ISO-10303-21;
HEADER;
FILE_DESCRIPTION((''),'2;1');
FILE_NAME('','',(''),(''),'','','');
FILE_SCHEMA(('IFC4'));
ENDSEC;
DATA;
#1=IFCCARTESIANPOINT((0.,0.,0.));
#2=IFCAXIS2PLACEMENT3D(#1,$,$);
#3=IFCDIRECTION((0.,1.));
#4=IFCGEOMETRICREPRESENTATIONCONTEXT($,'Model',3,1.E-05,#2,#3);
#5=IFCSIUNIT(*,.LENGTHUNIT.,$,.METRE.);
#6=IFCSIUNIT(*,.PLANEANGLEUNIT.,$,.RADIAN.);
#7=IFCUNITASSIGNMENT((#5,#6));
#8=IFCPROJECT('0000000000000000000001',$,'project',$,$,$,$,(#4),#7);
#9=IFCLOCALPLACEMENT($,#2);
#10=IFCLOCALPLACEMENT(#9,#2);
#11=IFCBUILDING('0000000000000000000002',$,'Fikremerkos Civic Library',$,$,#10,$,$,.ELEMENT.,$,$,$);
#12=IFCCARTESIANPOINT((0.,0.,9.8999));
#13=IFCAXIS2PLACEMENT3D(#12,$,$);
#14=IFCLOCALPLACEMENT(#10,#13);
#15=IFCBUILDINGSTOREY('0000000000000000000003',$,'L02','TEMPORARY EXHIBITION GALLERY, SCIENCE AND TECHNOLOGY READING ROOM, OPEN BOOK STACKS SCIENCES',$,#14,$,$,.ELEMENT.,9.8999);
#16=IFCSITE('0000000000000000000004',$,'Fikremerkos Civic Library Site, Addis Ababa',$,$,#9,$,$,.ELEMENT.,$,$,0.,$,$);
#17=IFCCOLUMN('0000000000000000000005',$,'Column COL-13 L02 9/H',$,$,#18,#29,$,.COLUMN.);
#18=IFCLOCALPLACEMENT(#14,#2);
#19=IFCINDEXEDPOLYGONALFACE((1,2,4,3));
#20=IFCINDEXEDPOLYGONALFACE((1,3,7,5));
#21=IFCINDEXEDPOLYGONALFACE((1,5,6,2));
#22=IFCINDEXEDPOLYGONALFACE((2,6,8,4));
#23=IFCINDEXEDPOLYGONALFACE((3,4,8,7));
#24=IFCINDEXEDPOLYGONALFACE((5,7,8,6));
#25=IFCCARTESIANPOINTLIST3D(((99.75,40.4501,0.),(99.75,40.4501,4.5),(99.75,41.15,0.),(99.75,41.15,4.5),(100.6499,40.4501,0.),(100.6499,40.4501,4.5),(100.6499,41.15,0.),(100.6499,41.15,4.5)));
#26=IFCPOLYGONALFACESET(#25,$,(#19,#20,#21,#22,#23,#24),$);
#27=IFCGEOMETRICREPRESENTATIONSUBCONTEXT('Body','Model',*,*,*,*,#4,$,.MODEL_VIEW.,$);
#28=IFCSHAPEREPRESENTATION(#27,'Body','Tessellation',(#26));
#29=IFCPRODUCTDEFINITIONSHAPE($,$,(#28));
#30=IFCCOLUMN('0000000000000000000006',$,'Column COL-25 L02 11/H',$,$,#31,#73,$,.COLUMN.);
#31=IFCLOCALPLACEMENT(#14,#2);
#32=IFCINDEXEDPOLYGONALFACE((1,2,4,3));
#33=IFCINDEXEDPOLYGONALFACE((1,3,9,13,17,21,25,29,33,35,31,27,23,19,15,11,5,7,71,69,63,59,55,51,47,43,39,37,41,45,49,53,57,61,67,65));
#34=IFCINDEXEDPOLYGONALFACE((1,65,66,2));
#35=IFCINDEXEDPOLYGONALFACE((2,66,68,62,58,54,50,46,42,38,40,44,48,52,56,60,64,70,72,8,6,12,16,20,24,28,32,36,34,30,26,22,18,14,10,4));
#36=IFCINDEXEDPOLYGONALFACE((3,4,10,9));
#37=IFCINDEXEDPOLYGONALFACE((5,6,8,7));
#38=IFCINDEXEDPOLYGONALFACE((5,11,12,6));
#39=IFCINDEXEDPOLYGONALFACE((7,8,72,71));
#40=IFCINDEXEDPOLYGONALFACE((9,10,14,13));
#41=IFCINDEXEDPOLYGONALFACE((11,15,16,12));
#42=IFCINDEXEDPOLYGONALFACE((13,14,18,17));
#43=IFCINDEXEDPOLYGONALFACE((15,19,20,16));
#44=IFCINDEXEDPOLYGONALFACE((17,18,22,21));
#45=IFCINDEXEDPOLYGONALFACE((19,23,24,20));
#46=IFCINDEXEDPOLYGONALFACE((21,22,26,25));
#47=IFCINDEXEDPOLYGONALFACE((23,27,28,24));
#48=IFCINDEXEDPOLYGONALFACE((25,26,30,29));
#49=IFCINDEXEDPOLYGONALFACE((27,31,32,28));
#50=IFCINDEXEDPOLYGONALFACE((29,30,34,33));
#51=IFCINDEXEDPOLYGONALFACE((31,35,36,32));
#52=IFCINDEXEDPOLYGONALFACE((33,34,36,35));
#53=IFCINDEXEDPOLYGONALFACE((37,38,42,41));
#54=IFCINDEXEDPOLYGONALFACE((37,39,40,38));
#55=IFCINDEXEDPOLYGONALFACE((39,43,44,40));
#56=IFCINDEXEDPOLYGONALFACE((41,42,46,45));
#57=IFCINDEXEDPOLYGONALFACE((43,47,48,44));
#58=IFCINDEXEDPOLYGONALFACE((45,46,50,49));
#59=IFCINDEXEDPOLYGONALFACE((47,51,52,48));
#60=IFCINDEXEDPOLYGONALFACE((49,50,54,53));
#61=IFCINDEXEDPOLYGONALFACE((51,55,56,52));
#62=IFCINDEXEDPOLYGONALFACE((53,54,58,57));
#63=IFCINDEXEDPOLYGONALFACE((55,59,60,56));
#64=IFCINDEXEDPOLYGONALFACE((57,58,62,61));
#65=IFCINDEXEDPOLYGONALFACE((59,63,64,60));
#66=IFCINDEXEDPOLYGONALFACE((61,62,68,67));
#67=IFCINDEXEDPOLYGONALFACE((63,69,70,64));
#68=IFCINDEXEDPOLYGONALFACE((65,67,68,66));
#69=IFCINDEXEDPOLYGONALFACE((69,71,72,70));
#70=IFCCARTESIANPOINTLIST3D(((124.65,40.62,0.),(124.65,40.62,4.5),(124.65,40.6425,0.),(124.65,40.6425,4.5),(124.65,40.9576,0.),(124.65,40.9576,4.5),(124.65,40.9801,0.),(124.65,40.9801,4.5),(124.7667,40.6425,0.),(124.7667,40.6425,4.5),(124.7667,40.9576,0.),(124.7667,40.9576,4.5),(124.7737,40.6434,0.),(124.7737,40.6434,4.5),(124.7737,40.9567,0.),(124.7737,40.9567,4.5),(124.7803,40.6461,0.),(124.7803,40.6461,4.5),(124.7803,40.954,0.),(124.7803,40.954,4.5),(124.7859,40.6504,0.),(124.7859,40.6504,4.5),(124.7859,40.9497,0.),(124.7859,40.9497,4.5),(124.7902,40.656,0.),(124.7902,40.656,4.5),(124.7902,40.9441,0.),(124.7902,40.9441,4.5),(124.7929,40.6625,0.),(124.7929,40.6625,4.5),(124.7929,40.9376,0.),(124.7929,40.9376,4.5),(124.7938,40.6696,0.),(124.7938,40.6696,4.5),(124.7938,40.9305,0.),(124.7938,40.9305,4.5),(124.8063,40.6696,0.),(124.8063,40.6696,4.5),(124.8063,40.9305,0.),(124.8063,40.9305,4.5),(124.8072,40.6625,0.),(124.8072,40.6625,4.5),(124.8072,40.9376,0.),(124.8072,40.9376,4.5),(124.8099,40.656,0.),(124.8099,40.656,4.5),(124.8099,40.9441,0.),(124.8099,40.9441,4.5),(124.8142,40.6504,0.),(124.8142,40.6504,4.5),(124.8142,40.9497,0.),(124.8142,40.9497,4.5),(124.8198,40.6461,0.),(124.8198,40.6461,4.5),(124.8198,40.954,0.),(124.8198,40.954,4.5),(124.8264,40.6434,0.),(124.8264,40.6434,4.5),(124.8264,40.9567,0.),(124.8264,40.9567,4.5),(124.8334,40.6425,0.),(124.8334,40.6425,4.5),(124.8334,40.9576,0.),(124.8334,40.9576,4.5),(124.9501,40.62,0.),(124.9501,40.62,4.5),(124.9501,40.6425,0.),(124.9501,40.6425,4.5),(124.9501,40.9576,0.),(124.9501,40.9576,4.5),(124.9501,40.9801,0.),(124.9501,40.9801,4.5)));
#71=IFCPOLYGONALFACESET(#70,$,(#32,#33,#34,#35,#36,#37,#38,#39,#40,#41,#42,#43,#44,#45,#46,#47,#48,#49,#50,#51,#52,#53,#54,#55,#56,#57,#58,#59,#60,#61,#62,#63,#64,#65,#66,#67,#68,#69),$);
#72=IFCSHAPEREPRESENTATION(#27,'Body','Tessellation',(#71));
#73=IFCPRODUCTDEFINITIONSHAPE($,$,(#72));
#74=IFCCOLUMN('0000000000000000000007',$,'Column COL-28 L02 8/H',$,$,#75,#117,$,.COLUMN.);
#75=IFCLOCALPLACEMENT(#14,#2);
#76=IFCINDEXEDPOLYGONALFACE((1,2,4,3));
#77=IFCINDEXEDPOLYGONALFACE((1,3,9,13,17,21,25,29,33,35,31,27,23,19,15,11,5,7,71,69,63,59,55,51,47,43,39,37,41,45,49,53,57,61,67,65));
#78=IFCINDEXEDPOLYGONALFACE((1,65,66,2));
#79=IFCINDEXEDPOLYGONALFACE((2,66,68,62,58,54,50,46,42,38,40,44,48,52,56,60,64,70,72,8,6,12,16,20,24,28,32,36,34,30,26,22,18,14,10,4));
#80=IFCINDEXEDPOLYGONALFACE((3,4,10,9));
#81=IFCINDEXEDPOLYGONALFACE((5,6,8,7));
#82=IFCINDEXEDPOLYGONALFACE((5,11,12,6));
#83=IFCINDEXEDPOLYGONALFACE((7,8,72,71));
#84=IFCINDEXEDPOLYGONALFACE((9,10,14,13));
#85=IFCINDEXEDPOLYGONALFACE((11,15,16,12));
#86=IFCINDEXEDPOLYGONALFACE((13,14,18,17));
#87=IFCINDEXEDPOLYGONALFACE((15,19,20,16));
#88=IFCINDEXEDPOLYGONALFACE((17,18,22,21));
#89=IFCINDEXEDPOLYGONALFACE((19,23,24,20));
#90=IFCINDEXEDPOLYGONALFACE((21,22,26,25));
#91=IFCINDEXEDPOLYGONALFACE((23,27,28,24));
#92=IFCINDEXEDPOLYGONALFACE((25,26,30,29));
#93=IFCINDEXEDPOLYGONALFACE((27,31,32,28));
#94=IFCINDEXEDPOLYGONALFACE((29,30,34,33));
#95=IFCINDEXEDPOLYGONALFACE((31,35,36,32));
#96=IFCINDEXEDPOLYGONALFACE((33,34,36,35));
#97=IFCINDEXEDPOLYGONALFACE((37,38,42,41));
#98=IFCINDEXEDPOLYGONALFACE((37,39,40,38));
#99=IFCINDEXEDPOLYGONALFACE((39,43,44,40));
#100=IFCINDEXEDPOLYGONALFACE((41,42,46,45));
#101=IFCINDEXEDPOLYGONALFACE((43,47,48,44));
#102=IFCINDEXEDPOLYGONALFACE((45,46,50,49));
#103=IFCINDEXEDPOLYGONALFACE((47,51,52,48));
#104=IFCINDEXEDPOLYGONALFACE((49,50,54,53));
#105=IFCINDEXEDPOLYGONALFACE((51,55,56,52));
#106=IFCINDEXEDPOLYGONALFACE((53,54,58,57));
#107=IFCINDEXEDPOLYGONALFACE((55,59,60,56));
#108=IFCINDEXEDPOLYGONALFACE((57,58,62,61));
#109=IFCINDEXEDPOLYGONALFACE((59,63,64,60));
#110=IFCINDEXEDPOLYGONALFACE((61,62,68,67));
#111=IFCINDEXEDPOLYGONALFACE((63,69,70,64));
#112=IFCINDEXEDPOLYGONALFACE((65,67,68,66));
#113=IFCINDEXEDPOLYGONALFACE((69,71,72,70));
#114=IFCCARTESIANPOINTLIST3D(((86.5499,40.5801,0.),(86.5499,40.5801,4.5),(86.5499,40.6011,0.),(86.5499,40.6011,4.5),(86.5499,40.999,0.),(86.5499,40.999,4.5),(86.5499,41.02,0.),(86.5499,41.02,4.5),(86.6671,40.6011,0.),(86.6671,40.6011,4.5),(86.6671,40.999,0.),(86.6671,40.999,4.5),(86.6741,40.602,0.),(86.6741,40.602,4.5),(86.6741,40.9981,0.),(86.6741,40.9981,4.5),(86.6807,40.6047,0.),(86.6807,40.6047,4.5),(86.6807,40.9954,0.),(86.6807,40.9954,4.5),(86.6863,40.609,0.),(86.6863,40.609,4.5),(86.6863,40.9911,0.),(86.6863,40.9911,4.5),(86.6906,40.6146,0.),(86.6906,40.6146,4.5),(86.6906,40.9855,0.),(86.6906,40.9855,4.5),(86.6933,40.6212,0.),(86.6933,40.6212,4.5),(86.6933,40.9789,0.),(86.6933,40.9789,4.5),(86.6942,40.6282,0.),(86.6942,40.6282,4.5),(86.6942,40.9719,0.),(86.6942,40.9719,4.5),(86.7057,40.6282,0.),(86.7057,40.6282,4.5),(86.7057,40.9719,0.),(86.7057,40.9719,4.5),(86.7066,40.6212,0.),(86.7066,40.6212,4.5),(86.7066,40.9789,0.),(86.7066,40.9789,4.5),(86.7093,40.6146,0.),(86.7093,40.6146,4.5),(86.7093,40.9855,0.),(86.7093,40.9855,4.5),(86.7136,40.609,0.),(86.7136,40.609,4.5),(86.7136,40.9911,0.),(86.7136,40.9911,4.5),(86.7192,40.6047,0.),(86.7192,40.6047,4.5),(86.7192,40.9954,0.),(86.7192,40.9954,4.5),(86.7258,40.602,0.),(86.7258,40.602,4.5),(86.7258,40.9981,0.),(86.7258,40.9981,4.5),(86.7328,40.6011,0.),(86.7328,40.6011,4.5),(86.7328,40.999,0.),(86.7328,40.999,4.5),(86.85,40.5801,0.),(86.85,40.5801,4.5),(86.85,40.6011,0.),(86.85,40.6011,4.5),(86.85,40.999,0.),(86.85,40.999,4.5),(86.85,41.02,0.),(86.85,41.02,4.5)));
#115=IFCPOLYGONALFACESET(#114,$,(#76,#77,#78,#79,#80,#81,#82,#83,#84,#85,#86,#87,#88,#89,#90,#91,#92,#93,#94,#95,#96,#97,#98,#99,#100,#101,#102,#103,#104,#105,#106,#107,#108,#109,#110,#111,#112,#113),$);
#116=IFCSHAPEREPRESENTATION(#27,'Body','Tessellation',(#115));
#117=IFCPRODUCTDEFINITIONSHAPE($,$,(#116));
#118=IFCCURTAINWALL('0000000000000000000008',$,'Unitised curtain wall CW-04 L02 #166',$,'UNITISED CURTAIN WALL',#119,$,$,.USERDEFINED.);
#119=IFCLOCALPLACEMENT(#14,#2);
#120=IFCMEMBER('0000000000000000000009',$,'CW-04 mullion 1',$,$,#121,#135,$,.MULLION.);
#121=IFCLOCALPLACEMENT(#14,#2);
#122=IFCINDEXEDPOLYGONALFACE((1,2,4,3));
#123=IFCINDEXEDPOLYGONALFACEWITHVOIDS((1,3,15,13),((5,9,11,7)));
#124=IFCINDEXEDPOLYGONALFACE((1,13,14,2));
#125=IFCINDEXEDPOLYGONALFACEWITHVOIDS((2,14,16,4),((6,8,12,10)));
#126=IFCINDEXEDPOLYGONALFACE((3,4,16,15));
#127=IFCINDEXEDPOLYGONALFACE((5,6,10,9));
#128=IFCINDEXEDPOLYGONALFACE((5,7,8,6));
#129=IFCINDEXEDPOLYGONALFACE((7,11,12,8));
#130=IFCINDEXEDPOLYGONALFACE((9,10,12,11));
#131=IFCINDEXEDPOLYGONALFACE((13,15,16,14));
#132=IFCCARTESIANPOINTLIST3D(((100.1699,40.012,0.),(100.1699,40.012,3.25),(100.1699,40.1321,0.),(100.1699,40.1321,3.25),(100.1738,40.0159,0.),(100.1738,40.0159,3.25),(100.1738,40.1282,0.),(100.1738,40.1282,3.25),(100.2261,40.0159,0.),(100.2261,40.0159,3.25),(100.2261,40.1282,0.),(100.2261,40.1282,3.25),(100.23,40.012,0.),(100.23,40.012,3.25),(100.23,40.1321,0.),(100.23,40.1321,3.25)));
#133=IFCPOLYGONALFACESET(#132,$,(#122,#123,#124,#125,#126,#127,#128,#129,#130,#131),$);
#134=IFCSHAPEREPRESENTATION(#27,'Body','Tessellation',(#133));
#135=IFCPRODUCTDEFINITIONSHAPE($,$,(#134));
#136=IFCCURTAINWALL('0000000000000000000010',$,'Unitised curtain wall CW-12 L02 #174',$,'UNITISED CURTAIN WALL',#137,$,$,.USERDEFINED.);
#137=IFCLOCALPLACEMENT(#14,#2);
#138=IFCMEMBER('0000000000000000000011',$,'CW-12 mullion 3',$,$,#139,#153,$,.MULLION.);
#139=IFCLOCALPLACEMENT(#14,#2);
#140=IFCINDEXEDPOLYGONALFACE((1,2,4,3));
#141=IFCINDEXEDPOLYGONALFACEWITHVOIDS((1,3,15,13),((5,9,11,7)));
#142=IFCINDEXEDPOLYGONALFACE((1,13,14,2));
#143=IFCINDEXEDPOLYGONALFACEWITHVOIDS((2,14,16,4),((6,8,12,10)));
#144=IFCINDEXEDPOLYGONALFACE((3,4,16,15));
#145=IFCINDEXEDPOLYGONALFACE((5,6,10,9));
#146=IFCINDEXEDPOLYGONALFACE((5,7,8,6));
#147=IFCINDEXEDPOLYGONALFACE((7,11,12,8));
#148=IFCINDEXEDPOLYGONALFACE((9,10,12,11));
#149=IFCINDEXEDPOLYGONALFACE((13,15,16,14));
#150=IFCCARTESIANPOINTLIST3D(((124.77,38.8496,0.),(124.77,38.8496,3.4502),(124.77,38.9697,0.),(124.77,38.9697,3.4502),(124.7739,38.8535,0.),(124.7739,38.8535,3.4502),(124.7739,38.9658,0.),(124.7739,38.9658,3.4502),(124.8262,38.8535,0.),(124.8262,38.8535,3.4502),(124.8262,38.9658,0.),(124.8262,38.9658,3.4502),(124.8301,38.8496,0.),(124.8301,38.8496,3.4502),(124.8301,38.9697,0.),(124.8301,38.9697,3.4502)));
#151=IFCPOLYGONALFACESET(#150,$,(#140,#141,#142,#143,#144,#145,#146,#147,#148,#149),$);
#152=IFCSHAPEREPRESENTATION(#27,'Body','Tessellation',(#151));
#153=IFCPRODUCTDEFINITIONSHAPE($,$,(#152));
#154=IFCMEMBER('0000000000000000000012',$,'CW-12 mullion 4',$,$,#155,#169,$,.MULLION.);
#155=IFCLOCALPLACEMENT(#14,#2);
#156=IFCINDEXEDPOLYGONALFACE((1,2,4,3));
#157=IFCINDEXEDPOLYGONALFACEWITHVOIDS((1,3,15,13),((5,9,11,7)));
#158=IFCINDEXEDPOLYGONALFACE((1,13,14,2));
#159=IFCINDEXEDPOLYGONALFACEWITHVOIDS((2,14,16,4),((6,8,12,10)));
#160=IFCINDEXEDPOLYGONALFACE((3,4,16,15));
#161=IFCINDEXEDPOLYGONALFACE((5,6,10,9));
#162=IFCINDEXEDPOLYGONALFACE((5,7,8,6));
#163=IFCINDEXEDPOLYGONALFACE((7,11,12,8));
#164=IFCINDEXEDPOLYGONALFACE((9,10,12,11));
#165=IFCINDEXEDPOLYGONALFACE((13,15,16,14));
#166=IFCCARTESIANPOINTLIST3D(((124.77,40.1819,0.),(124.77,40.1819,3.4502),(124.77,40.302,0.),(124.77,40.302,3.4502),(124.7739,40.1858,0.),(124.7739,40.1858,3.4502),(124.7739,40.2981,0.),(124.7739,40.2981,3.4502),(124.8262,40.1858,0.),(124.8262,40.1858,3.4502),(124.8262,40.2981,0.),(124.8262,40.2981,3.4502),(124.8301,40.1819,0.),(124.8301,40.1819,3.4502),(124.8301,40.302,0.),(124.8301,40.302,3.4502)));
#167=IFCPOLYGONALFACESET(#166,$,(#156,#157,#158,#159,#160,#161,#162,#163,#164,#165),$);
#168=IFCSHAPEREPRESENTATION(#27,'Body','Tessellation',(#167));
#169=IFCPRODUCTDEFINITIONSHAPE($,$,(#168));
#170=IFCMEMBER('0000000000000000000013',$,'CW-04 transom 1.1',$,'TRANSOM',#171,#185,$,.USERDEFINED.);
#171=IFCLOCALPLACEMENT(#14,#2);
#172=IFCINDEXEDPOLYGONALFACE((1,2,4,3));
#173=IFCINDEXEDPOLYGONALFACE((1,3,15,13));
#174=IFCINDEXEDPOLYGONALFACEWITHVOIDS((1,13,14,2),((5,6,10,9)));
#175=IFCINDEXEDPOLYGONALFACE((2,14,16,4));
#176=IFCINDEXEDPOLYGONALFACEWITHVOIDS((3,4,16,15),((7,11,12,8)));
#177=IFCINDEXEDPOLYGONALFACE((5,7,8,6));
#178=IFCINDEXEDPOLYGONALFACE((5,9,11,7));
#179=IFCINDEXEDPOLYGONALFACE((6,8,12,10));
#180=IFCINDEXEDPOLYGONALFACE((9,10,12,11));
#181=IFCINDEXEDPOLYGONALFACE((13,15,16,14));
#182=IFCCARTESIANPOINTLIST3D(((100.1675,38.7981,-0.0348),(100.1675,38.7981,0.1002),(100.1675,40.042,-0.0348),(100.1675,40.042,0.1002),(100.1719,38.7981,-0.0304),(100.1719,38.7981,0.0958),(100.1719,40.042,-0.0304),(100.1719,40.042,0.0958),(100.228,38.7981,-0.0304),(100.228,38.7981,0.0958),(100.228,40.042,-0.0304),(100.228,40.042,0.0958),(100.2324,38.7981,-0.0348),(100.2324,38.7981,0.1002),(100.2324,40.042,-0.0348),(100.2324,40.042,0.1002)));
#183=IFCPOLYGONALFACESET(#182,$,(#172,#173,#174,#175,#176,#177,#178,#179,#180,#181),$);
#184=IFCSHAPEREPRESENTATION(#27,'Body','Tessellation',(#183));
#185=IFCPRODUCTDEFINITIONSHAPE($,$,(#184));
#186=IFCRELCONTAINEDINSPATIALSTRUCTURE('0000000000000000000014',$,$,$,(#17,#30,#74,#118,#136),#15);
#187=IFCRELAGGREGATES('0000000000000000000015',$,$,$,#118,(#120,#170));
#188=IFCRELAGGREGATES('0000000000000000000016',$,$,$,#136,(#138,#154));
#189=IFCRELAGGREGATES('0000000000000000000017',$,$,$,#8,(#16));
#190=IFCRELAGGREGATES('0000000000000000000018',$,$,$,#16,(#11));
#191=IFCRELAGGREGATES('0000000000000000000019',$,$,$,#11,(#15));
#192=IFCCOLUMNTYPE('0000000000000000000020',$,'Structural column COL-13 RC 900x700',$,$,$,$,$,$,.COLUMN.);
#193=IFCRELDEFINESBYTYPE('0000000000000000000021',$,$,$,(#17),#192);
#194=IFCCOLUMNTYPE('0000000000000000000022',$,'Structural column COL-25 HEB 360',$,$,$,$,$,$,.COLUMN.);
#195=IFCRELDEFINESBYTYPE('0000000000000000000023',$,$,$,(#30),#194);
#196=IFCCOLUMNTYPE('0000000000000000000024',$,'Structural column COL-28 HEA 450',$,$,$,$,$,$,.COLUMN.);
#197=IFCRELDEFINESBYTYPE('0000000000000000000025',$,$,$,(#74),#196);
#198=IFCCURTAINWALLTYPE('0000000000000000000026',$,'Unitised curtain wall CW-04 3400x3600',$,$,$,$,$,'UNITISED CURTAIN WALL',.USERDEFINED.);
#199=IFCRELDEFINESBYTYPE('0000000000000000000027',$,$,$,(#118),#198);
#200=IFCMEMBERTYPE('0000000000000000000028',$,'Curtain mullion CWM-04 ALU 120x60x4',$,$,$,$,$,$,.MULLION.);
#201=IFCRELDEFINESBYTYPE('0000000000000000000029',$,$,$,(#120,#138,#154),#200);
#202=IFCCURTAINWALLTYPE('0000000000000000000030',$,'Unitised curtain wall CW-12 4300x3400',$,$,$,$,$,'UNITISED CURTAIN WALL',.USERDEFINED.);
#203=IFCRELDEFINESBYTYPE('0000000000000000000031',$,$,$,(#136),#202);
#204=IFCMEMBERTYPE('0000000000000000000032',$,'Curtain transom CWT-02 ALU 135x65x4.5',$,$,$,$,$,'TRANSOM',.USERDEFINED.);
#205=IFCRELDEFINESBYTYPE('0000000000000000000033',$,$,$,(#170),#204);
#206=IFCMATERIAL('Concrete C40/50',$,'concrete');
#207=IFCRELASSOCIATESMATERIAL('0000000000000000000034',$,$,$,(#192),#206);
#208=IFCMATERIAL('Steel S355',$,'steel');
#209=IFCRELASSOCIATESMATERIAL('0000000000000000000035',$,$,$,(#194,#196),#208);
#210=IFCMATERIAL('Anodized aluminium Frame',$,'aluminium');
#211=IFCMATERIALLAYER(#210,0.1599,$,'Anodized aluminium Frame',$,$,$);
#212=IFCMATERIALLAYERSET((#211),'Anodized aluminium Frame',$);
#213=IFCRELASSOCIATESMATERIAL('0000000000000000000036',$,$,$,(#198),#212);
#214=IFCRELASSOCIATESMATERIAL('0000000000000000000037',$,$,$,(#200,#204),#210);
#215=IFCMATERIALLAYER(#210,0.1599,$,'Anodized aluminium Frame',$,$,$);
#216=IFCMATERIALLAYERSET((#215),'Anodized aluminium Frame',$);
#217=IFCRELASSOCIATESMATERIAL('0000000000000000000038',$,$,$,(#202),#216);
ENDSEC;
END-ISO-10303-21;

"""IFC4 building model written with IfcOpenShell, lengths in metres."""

from ifc_helpers import new_model, si_unit, direction, frame, origin, origin_2d, place, context, subcontext, project, spatial, rectangle, hollow_rectangle, i_section, extrude, material, layer, layer_set, material_profile, profile_set, type_object, element, aggregate, save


model = new_model("IFC4")

# Units and contexts
model_context = context("Model", 3, precision=1e-05, world=origin(), true_north=direction((0.0, 1.0)))
body_context = subcontext(model_context, "Body", "Model", "MODEL_VIEW")
ifc_project = project(units=[si_unit("LENGTHUNIT", "METRE"), si_unit("PLANEANGLEUNIT", "RADIAN")], contexts=[model_context])

# Site, building, storey
site_placement = place(None, origin())
site = spatial("IfcSite", under=ifc_project, at=site_placement, Name="Fikremerkos Civic Library Site, Addis Ababa", CompositionType="ELEMENT", RefElevation=0.0)
building_placement = place(site_placement, origin())
building = spatial("IfcBuilding", under=site, at=building_placement, Name="Fikremerkos Civic Library", CompositionType="ELEMENT")
storey_placement = place(building_placement, frame((0.0, 0.0, 9.8999)))
storey = spatial("IfcBuildingStorey", under=building, at=storey_placement, Name="L02", Description="TEMPORARY EXHIBITION GALLERY, SCIENCE AND TECHNOLOGY READING ROOM, OPEN BOOK STACKS SCIENCES", CompositionType="ELEMENT", Elevation=9.8999)

# Columns
ifc_material_1 = material(Name="Concrete C40/50", Category="concrete")
ifc_material_profile_1 = material_profile(ifc_material_1, rectangle(XDim=0.8999, YDim=0.7, at=origin_2d()), Name="RC 900x700")
ifc_profile_set_1 = profile_set([ifc_material_profile_1], Name="Concrete C40/50")
column_type_1 = type_object("IfcColumnType", Name="Structural column COL-13 RC 900x700", PredefinedType="COLUMN", material=ifc_profile_set_1)
column_1_placement = place(storey_placement, frame((100.2, 40.8, 0.0), z_axis=(0.0, 0.0, 1.0), x_axis=(1.0, 0.0, 0.0)))
element("IfcColumn", 1, at=column_1_placement, inside=storey, type_object=column_type_1, Name="Column COL-13 L02 9/H", PredefinedType="COLUMN", context=body_context, shape_type="SweptSolid", body=[
    extrude(rectangle(XDim=0.8999, YDim=0.7, at=origin_2d()), origin(), (0.0, 0.0, 1.0), 4.5),
])
ifc_material_2 = material(Name="Steel S355", Category="steel")
ifc_material_profile_2 = material_profile(ifc_material_2, i_section(OverallWidth=0.3, OverallDepth=0.3601, WebThickness=0.0125, FlangeThickness=0.0225, FilletRadius=0.0271, at=origin_2d()), Name="HEB 360")
ifc_profile_set_2 = profile_set([ifc_material_profile_2], Name="Steel S355")
column_type_2 = type_object("IfcColumnType", Name="Structural column COL-25 HEB 360", PredefinedType="COLUMN", material=ifc_profile_set_2)
column_2_placement = place(storey_placement, frame((124.8, 40.8, 0.0), z_axis=(0.0, 0.0, 1.0), x_axis=(1.0, 0.0, 0.0)))
element("IfcColumn", 2, at=column_2_placement, inside=storey, type_object=column_type_2, Name="Column COL-25 L02 11/H", PredefinedType="COLUMN", context=body_context, shape_type="SweptSolid", body=[
    extrude(i_section(OverallWidth=0.3, OverallDepth=0.3601, WebThickness=0.0125, FlangeThickness=0.0225, FilletRadius=0.0271, at=origin_2d()), origin(), (0.0, 0.0, 1.0), 4.5),
])
ifc_material_profile_3 = material_profile(ifc_material_2, i_section(OverallWidth=0.3, OverallDepth=0.4399, WebThickness=0.0115, FlangeThickness=0.021, FilletRadius=0.0271, at=origin_2d()), Name="HEA 450")
ifc_profile_set_3 = profile_set([ifc_material_profile_3], Name="Steel S355")
column_type_3 = type_object("IfcColumnType", Name="Structural column COL-28 HEA 450", PredefinedType="COLUMN", material=ifc_profile_set_3)
column_3_placement = place(storey_placement, frame((86.7, 40.8, 0.0), z_axis=(0.0, 0.0, 1.0), x_axis=(1.0, 0.0, 0.0)))
element("IfcColumn", 3, at=column_3_placement, inside=storey, type_object=column_type_3, Name="Column COL-28 L02 8/H", PredefinedType="COLUMN", context=body_context, shape_type="SweptSolid", body=[
    extrude(i_section(OverallWidth=0.3, OverallDepth=0.4399, WebThickness=0.0115, FlangeThickness=0.021, FilletRadius=0.0271, at=origin_2d()), origin(), (0.0, 0.0, 1.0), 4.5),
])

# Curtain wall, member
ifc_material_3 = material(Name="Anodized aluminium Frame", Category="aluminium")
ifc_layer_1 = layer(ifc_material_3, 0.1599, Name="Anodized aluminium Frame")
ifc_layer_set_1 = layer_set([ifc_layer_1], Name="Anodized aluminium Frame")
curtain_wall_type_1 = type_object("IfcCurtainWallType", Name="Unitised curtain wall CW-04 3400x3600", ElementType="UNITISED CURTAIN WALL", PredefinedType="USERDEFINED", material=ifc_layer_set_1)
curtain_wall_1_placement = place(storey_placement, origin())
curtain_wall_1 = element("IfcCurtainWall", 4, at=curtain_wall_1_placement, inside=storey, type_object=curtain_wall_type_1, Name="Unitised curtain wall CW-04 L02 #166", ObjectType="UNITISED CURTAIN WALL", PredefinedType="USERDEFINED")
ifc_material_profile_4 = material_profile(ifc_material_3, hollow_rectangle(XDim=0.0601, YDim=0.1201, WallThickness=0.0039, at=origin_2d()), Name="ALU 120x60x4")
ifc_profile_set_4 = profile_set([ifc_material_profile_4], Name="Anodized aluminium Frame")
member_type_1 = type_object("IfcMemberType", Name="Curtain mullion CWM-04 ALU 120x60x4", PredefinedType="MULLION", material=ifc_profile_set_4)
member_1_placement = place(storey_placement, frame((100.2, 40.072, 0.0), z_axis=(0.0, 0.0, 1.0), x_axis=(1.0, 0.0, 0.0)))
member_1 = element("IfcMember", 5, at=member_1_placement, type_object=member_type_1, Name="CW-04 mullion 1", PredefinedType="MULLION", context=body_context, shape_type="SweptSolid", body=[
    extrude(hollow_rectangle(XDim=0.0601, YDim=0.1201, WallThickness=0.0039, at=origin_2d()), origin(), (0.0, 0.0, 1.0), 3.25),
])

# Curtain wall, members
ifc_layer_2 = layer(ifc_material_3, 0.1599, Name="Anodized aluminium Frame")
ifc_layer_set_2 = layer_set([ifc_layer_2], Name="Anodized aluminium Frame")
curtain_wall_type_2 = type_object("IfcCurtainWallType", Name="Unitised curtain wall CW-12 4300x3400", ElementType="UNITISED CURTAIN WALL", PredefinedType="USERDEFINED", material=ifc_layer_set_2)
curtain_wall_2_placement = place(storey_placement, origin())
curtain_wall_2 = element("IfcCurtainWall", 6, at=curtain_wall_2_placement, inside=storey, type_object=curtain_wall_type_2, Name="Unitised curtain wall CW-12 L02 #174", ObjectType="UNITISED CURTAIN WALL", PredefinedType="USERDEFINED")
member_2_placement = place(storey_placement, frame((124.8, 38.9097, 0.0), z_axis=(0.0, 0.0, 1.0), x_axis=(-1.0, 0.0, 0.0)))
member_2 = element("IfcMember", 7, at=member_2_placement, type_object=member_type_1, Name="CW-12 mullion 3", PredefinedType="MULLION", context=body_context, shape_type="SweptSolid", body=[
    extrude(hollow_rectangle(XDim=0.0601, YDim=0.1201, WallThickness=0.0039, at=origin_2d()), origin(), (0.0, 0.0, 1.0), 3.4502),
])
member_3_placement = place(storey_placement, frame((124.8, 40.2419, 0.0), z_axis=(0.0, 0.0, 1.0), x_axis=(-1.0, 0.0, 0.0)))
member_3 = element("IfcMember", 8, at=member_3_placement, type_object=member_type_1, Name="CW-12 mullion 4", PredefinedType="MULLION", context=body_context, shape_type="SweptSolid", body=[
    extrude(hollow_rectangle(XDim=0.0601, YDim=0.1201, WallThickness=0.0039, at=origin_2d()), origin(), (0.0, 0.0, 1.0), 3.4502),
])

# Member
ifc_material_profile_5 = material_profile(ifc_material_3, hollow_rectangle(XDim=0.0649, YDim=0.135, WallThickness=0.0044, at=origin_2d()), Name="ALU 135x65x4.5")
ifc_profile_set_5 = profile_set([ifc_material_profile_5], Name="Anodized aluminium Frame")
member_type_2 = type_object("IfcMemberType", Name="Curtain transom CWT-02 ALU 135x65x4.5", ElementType="TRANSOM", PredefinedType="USERDEFINED", material=ifc_profile_set_5)
member_4_placement = place(storey_placement, frame((100.2, 40.042, 0.0327), z_axis=(0.0, -1.0, 0.0), x_axis=(1.0, 0.0, 0.0)))
member_4 = element("IfcMember", 9, at=member_4_placement, type_object=member_type_2, Name="CW-04 transom 1.1", ObjectType="TRANSOM", PredefinedType="USERDEFINED", context=body_context, shape_type="SweptSolid", body=[
    extrude(hollow_rectangle(XDim=0.0649, YDim=0.135, WallThickness=0.0044, at=origin_2d()), origin(), (0.0, 0.0, 1.0), 1.2439),
])

aggregate(curtain_wall_1, [member_1, member_4])
aggregate(curtain_wall_2, [member_2, member_3])

save(model, "model.ifc")
